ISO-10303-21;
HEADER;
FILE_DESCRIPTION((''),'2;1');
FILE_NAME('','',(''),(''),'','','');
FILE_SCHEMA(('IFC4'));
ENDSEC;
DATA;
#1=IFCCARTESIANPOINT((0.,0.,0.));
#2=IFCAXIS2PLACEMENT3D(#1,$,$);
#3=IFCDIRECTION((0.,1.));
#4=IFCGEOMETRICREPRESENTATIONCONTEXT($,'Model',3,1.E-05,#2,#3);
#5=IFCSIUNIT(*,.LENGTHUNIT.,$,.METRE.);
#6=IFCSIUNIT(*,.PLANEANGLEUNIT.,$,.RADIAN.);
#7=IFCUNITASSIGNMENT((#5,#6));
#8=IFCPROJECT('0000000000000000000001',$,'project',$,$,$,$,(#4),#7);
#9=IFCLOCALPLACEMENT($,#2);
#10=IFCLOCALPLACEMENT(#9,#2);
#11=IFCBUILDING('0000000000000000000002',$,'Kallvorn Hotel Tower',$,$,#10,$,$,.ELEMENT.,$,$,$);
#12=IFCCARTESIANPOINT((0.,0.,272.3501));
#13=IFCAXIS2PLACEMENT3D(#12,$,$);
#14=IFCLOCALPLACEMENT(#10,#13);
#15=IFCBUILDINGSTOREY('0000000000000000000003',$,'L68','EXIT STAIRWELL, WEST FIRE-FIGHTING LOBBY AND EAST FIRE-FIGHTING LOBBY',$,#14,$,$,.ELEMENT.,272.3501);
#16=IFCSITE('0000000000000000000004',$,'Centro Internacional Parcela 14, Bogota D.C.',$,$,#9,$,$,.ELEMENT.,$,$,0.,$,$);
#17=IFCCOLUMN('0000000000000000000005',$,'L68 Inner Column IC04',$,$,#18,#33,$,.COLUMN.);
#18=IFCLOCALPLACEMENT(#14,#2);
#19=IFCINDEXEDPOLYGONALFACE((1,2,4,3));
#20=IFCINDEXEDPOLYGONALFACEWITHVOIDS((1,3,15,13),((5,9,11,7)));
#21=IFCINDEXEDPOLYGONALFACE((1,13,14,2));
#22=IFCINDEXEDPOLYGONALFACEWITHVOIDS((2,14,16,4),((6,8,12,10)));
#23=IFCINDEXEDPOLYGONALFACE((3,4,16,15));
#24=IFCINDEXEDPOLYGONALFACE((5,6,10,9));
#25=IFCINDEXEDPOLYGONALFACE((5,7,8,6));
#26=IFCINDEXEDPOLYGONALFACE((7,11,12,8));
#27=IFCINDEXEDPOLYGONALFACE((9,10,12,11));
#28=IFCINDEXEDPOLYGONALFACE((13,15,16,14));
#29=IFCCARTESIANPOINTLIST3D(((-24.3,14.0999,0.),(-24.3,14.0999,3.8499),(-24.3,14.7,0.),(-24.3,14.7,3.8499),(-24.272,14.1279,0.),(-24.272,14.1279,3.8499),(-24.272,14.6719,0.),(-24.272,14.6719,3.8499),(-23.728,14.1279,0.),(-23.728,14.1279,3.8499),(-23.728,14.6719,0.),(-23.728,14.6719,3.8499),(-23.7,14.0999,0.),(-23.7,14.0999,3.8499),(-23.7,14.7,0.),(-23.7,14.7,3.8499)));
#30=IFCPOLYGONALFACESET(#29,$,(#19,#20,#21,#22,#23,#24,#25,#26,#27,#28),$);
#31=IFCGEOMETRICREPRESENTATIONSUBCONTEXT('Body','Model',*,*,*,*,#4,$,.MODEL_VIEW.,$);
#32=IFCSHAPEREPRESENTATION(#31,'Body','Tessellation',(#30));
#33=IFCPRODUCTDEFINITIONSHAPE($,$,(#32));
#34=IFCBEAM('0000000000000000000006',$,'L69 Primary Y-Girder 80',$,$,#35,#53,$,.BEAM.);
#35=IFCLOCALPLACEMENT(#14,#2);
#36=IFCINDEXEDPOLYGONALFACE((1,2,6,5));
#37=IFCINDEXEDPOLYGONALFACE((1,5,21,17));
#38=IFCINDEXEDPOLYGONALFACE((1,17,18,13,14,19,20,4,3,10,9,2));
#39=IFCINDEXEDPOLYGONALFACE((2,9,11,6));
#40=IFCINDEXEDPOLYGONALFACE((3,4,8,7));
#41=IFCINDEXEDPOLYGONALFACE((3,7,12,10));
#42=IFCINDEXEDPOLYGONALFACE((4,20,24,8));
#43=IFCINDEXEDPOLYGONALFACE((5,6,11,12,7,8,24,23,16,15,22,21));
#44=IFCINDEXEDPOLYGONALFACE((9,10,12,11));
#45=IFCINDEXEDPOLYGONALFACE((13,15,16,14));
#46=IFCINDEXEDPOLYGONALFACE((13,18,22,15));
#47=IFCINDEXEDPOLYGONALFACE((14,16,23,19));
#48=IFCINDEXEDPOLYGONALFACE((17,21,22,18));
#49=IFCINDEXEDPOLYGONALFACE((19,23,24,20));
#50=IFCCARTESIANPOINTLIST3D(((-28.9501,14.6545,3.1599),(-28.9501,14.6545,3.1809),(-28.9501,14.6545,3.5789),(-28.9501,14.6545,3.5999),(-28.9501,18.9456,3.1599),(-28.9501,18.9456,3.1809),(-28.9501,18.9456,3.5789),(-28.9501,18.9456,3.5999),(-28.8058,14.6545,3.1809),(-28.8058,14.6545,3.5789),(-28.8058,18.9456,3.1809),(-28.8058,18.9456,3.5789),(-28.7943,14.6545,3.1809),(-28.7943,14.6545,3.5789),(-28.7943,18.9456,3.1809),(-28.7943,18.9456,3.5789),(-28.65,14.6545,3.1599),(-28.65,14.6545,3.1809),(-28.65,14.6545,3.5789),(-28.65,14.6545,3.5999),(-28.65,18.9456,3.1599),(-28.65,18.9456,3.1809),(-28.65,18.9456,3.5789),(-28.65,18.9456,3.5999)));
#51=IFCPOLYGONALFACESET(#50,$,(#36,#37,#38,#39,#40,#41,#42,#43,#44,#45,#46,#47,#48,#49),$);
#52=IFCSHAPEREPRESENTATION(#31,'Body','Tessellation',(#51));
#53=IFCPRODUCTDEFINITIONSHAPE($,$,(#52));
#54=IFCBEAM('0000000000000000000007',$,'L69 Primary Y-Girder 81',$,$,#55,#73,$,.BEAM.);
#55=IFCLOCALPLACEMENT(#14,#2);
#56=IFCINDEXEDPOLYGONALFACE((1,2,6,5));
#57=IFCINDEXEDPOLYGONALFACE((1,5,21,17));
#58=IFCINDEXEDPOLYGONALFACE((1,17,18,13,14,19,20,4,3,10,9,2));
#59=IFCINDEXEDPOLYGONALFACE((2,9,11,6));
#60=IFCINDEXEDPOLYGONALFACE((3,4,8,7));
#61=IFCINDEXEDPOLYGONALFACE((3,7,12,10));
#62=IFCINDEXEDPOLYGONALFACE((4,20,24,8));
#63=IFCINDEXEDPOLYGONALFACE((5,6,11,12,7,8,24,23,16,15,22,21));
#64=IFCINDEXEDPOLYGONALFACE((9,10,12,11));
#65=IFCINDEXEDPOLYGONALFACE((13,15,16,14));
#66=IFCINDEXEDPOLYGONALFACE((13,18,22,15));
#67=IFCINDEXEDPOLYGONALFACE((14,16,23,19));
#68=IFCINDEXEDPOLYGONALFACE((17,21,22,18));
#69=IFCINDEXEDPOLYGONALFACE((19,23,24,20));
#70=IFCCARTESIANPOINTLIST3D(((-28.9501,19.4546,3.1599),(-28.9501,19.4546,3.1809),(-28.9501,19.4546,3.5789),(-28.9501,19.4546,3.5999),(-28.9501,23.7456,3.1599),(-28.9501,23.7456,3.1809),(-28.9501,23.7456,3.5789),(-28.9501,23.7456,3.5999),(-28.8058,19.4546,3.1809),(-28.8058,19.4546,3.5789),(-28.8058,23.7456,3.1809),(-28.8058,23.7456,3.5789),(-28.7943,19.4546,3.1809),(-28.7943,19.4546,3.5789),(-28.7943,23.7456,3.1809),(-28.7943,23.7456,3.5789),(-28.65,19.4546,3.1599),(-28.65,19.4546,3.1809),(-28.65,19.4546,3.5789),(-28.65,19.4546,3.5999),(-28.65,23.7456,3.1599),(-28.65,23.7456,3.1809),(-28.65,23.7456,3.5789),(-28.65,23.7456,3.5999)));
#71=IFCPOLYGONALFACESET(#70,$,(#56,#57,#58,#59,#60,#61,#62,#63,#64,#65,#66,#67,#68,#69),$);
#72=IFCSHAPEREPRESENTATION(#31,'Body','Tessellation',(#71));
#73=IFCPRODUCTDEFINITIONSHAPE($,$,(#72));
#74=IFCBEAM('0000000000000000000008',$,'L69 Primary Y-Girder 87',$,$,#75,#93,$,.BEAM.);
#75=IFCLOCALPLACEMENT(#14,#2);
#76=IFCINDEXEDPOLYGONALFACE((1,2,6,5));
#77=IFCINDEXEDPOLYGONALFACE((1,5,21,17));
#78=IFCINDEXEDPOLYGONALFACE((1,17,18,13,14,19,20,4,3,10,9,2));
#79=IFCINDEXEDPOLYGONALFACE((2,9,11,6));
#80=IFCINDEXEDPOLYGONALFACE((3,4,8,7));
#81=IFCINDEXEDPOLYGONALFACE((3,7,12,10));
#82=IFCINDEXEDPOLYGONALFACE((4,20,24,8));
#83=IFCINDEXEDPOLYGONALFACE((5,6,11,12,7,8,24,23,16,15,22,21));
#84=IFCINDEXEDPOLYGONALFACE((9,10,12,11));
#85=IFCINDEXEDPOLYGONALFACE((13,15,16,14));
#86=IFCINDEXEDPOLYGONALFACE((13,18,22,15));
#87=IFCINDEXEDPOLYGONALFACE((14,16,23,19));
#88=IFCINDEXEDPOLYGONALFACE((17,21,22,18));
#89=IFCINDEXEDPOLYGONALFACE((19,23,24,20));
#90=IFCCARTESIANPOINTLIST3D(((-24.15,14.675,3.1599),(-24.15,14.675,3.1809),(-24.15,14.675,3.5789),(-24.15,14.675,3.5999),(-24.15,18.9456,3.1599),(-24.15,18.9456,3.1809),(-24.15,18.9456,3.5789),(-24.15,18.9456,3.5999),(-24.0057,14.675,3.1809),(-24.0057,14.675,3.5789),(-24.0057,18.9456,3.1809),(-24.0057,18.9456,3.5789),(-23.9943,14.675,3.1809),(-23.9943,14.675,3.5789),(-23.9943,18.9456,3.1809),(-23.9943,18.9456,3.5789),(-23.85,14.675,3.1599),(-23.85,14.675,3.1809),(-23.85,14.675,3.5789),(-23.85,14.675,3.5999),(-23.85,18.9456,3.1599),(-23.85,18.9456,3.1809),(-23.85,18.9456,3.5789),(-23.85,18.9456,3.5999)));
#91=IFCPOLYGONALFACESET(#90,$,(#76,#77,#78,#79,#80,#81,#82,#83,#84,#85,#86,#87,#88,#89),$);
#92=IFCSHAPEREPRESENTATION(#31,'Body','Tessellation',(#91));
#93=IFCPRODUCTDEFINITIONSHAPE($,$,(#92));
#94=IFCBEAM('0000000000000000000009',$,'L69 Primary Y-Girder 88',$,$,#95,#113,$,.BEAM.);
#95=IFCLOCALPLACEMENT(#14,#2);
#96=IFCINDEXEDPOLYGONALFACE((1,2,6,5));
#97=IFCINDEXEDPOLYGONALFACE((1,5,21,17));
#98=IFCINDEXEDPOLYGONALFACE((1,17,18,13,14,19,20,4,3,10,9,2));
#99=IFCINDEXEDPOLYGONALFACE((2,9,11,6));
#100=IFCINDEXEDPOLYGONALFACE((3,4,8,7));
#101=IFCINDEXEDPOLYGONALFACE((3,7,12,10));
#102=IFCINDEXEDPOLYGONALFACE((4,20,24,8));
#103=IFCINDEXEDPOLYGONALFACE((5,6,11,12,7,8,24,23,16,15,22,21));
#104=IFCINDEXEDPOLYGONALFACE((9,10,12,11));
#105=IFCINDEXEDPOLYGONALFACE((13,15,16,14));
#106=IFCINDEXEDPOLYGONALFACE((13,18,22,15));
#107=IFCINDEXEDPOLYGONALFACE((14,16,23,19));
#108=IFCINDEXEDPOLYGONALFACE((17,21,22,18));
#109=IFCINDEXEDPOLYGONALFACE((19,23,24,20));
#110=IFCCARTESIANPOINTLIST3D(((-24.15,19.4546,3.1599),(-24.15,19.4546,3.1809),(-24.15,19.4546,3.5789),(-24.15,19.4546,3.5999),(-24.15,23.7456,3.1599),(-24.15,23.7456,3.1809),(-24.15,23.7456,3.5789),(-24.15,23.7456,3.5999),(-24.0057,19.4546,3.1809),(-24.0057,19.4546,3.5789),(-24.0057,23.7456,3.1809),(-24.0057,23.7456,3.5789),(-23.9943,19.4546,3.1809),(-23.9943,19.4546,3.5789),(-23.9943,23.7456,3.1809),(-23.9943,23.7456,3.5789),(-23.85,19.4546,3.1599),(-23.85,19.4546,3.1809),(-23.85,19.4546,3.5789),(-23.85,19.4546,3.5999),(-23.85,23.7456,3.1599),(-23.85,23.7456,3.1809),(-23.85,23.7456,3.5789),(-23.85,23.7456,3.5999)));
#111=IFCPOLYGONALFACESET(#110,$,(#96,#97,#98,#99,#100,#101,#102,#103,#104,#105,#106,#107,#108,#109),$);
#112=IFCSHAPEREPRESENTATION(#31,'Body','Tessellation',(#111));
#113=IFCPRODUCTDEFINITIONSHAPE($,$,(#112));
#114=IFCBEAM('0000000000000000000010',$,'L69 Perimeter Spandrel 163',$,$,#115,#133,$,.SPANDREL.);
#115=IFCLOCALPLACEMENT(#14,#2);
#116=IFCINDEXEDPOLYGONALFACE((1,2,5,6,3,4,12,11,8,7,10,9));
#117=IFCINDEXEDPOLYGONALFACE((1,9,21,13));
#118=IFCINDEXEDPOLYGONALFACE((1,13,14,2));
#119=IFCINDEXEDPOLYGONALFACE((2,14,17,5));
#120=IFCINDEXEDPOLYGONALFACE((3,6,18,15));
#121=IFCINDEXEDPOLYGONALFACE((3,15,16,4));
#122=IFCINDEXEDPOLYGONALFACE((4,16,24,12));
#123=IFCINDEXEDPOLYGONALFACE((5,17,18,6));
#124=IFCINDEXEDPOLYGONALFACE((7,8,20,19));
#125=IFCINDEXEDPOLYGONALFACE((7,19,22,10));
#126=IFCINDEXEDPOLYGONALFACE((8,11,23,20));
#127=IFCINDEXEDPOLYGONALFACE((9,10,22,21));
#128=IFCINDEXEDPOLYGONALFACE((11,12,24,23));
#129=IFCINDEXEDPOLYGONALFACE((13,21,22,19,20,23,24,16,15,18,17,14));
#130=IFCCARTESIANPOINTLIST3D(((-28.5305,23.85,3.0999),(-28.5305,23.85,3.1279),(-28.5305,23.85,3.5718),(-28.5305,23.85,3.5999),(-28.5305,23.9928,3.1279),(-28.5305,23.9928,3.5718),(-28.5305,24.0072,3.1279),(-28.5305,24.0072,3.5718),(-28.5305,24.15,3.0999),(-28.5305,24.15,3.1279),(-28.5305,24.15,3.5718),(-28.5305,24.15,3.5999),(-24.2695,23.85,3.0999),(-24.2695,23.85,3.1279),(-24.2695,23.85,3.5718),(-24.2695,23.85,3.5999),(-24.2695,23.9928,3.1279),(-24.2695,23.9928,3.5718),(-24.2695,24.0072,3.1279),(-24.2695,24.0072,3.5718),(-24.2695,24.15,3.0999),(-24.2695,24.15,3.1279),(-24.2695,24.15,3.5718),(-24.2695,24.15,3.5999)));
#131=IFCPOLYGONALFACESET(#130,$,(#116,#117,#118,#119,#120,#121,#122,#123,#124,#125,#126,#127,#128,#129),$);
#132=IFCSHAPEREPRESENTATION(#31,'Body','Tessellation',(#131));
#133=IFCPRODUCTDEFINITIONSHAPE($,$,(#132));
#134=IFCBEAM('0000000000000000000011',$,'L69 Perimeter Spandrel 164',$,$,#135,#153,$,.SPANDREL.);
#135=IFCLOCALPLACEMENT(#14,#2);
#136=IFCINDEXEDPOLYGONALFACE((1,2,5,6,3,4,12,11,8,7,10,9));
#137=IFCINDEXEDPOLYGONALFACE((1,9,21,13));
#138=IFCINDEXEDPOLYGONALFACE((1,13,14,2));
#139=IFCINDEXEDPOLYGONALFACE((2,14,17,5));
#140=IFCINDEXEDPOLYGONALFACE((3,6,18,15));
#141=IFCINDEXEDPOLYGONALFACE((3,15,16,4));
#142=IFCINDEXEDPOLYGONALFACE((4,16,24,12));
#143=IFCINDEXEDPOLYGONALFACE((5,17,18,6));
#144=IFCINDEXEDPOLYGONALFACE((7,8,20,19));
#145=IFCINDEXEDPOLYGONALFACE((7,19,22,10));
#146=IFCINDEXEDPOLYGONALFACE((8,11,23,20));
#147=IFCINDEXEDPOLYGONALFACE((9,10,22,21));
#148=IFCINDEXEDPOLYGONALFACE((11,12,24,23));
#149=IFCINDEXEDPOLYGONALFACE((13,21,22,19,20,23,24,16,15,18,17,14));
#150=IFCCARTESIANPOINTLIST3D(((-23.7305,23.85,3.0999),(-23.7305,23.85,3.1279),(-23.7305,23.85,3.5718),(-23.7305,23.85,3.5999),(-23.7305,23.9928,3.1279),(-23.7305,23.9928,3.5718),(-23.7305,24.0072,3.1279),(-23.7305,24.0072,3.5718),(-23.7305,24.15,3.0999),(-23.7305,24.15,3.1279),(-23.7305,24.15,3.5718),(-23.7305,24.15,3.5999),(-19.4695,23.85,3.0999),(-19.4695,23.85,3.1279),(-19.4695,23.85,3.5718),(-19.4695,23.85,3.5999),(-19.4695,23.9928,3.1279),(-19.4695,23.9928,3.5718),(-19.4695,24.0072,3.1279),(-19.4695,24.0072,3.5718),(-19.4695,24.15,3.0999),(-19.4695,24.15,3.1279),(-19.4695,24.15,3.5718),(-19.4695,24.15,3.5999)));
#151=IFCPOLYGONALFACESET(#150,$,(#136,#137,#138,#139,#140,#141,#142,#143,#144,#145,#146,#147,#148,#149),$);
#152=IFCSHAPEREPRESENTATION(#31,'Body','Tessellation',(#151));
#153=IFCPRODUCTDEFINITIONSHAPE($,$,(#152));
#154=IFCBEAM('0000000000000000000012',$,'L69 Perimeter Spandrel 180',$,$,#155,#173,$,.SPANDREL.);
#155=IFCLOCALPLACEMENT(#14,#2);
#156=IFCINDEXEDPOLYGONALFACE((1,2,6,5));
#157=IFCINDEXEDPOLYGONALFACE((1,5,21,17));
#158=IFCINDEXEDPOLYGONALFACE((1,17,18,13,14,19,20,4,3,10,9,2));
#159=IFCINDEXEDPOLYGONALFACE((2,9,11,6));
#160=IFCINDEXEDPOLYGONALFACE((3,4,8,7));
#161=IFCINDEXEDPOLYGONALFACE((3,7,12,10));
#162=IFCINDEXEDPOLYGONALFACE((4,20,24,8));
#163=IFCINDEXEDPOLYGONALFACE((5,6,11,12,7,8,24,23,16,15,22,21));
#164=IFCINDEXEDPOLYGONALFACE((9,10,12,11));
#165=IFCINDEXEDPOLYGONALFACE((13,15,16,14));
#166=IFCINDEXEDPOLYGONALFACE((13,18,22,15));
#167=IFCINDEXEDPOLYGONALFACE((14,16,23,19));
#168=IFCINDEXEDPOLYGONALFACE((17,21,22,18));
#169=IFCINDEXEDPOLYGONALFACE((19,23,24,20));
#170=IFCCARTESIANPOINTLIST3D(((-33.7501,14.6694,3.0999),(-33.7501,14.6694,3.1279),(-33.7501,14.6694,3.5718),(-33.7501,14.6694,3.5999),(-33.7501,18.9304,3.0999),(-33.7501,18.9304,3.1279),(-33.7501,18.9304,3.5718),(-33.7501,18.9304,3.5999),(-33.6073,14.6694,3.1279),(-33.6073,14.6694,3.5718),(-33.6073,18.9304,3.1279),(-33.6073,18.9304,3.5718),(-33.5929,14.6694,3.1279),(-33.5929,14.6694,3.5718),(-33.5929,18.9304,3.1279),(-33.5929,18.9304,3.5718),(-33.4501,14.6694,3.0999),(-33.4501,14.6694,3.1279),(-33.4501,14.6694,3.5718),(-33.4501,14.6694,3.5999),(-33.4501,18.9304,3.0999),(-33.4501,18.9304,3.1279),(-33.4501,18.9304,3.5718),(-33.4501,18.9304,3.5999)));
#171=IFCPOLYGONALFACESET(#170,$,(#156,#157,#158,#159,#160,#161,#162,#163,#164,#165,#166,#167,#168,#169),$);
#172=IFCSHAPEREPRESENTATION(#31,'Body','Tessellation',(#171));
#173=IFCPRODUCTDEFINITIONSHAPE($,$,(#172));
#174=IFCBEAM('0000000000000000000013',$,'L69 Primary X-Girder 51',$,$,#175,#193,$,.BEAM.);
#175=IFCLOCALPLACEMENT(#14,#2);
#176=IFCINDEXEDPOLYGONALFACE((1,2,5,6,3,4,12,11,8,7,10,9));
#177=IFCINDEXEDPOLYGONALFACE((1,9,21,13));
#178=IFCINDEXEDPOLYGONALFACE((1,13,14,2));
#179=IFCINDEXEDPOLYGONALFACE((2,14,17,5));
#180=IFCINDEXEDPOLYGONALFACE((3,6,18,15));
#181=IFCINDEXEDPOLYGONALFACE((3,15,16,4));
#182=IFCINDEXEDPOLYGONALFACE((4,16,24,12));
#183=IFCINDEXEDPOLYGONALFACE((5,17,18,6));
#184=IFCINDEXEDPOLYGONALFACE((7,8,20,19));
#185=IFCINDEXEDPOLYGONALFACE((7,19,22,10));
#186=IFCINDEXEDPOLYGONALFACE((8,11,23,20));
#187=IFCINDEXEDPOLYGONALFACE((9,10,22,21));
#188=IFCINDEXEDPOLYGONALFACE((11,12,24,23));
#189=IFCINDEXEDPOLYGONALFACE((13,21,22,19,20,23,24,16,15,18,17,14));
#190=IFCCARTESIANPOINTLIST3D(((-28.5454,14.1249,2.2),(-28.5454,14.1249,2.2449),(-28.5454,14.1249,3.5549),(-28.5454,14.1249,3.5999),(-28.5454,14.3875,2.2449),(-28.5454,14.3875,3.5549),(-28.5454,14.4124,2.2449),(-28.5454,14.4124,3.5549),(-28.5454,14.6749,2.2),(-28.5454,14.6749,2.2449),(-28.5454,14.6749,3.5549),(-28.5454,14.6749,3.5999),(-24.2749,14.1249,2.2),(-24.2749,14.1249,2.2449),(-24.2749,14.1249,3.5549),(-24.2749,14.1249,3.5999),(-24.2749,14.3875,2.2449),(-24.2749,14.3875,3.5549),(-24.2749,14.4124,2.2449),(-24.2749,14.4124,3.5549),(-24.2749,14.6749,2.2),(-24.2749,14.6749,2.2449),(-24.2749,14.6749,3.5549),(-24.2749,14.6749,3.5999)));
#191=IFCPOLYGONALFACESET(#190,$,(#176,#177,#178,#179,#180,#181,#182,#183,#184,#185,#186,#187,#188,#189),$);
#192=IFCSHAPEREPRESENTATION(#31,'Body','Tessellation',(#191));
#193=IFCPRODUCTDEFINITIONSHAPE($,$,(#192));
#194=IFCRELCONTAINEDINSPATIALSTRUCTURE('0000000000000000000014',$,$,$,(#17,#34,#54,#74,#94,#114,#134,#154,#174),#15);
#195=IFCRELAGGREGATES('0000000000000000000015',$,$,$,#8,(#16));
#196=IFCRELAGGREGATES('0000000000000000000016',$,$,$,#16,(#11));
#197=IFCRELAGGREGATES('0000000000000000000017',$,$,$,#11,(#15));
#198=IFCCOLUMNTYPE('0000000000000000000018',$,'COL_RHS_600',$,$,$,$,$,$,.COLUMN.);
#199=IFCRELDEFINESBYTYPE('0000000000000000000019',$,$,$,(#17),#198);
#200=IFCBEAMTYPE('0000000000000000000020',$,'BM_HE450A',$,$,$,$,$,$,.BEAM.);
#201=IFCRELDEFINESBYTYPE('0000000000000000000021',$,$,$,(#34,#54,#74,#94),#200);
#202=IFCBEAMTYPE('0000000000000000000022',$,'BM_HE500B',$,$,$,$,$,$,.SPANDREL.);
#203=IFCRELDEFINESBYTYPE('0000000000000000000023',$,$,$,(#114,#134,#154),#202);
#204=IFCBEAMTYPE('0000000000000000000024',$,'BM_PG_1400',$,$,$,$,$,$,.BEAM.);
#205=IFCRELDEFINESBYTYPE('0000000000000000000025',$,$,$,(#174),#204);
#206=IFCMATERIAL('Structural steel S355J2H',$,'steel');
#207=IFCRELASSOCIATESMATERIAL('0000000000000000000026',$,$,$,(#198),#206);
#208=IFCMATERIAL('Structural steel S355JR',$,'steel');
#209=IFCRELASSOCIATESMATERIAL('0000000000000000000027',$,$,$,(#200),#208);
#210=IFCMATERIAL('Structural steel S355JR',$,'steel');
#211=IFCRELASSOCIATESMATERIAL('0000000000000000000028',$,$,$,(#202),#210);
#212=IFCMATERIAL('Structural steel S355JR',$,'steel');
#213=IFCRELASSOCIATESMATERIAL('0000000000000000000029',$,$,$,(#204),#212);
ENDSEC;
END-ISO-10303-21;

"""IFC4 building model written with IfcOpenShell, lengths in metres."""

from ifc_helpers import new_model, si_unit, direction, frame, origin, origin_2d, place, context, subcontext, project, spatial, hollow_rectangle, i_section, extrude, material, material_profile, profile_set, type_object, element, save


model = new_model("IFC4")

# Units and contexts
model_context = context("Model", 3, precision=1e-05, world=origin(), true_north=direction((0.0, 1.0)))
body_context = subcontext(model_context, "Body", "Model", "MODEL_VIEW")
ifc_project = project(units=[si_unit("LENGTHUNIT", "METRE"), si_unit("PLANEANGLEUNIT", "RADIAN")], contexts=[model_context])

# Site, building, storey
site_placement = place(None, origin())
site = spatial("IfcSite", under=ifc_project, at=site_placement, Name="Centro Internacional Parcela 14, Bogota D.C.", CompositionType="ELEMENT", RefElevation=0.0)
building_placement = place(site_placement, origin())
building = spatial("IfcBuilding", under=site, at=building_placement, Name="Kallvorn Hotel Tower", CompositionType="ELEMENT")
storey_placement = place(building_placement, frame((0.0, 0.0, 272.3501)))
storey = spatial("IfcBuildingStorey", under=building, at=storey_placement, Name="L68", Description="EXIT STAIRWELL, WEST FIRE-FIGHTING LOBBY AND EAST FIRE-FIGHTING LOBBY", CompositionType="ELEMENT", Elevation=272.3501)

# Column
ifc_material_1 = material(Name="Structural steel S355J2H", Category="steel")
ifc_material_profile_1 = material_profile(ifc_material_1, hollow_rectangle(XDim=0.6001, YDim=0.6001, WallThickness=0.0281, at=origin_2d()), Name="RHS 600x600x28")
ifc_profile_set_1 = profile_set([ifc_material_profile_1], Name="Structural steel S355J2H")
column_type_1 = type_object("IfcColumnType", Name="COL_RHS_600", PredefinedType="COLUMN", material=ifc_profile_set_1)
column_placement = place(storey_placement, frame((-24.0, 14.3999, 0.0), z_axis=(0.0, 0.0, 1.0), x_axis=(1.0, 0.0, 0.0)))
element("IfcColumn", 1, at=column_placement, inside=storey, type_object=column_type_1, Name="L68 Inner Column IC04", PredefinedType="COLUMN", context=body_context, shape_type="SweptSolid", body=[
    extrude(hollow_rectangle(XDim=0.6001, YDim=0.6001, WallThickness=0.0281, at=origin_2d()), origin(), (0.0, 0.0, 1.0), 3.8499),
])

# Beams
ifc_material_2 = material(Name="Structural steel S355JR", Category="steel")
ifc_material_profile_2 = material_profile(ifc_material_2, i_section(OverallWidth=0.3, OverallDepth=0.4399, WebThickness=0.0115, FlangeThickness=0.021, at=origin_2d()), Name="HE 450 A")
ifc_profile_set_2 = profile_set([ifc_material_profile_2], Name="Structural steel S355JR")
beam_type_1 = type_object("IfcBeamType", Name="BM_HE450A", PredefinedType="BEAM", material=ifc_profile_set_2)
for number, where, z_axis, x_axis, name in (
    (2, (-28.8, 14.6545, 3.3799), (0.0, 1.0, 0.0), (-1.0, 0.0, 0.0), "L69 Primary Y-Girder 80"),
    (3, (-28.8, 19.4546, 3.3799), (0.0, 1.0, 0.0), (-1.0, 0.0, 0.0), "L69 Primary Y-Girder 81"),
):
    element("IfcBeam", number, at=place(storey_placement, frame(where, z_axis=z_axis, x_axis=x_axis)), inside=storey, type_object=beam_type_1, Name=name, PredefinedType="BEAM", context=body_context, shape_type="SweptSolid", body=[
        extrude(i_section(OverallWidth=0.3, OverallDepth=0.4399, WebThickness=0.0115, FlangeThickness=0.021, at=origin_2d()), origin(), (0.0, 0.0, 1.0), 4.291),
    ])
beam_1_placement = place(storey_placement, frame((-24.0, 14.675, 3.3799), z_axis=(0.0, 1.0, 0.0), x_axis=(-1.0, 0.0, 0.0)))
element("IfcBeam", 4, at=beam_1_placement, inside=storey, type_object=beam_type_1, Name="L69 Primary Y-Girder 87", PredefinedType="BEAM", context=body_context, shape_type="SweptSolid", body=[
    extrude(i_section(OverallWidth=0.3, OverallDepth=0.4399, WebThickness=0.0115, FlangeThickness=0.021, at=origin_2d()), origin(), (0.0, 0.0, 1.0), 4.2705),
])
beam_2_placement = place(storey_placement, frame((-24.0, 19.4546, 3.3799), z_axis=(0.0, 1.0, 0.0), x_axis=(-1.0, 0.0, 0.0)))
element("IfcBeam", 5, at=beam_2_placement, inside=storey, type_object=beam_type_1, Name="L69 Primary Y-Girder 88", PredefinedType="BEAM", context=body_context, shape_type="SweptSolid", body=[
    extrude(i_section(OverallWidth=0.3, OverallDepth=0.4399, WebThickness=0.0115, FlangeThickness=0.021, at=origin_2d()), origin(), (0.0, 0.0, 1.0), 4.291),
])
ifc_material_3 = material(Name="Structural steel S355JR", Category="steel")
ifc_material_profile_3 = material_profile(ifc_material_3, i_section(OverallWidth=0.3, OverallDepth=0.5, WebThickness=0.0144, FlangeThickness=0.0281, at=origin_2d()), Name="HE 500 B")
ifc_profile_set_3 = profile_set([ifc_material_profile_3], Name="Structural steel S355JR")
beam_type_2 = type_object("IfcBeamType", Name="BM_HE500B", PredefinedType="SPANDREL", material=ifc_profile_set_3)
for number, where, z_axis, x_axis, name in (
    (6, (-28.5305, 24.0, 3.3499), (1.0, 0.0, 0.0), (0.0, 1.0, 0.0), "L69 Perimeter Spandrel 163"),
    (7, (-23.7305, 24.0, 3.3499), (1.0, 0.0, 0.0), (0.0, 1.0, 0.0), "L69 Perimeter Spandrel 164"),
    (8, (-33.6001, 14.6694, 3.3499), (0.0, 1.0, 0.0), (-1.0, 0.0, 0.0), "L69 Perimeter Spandrel 180"),
):
    element("IfcBeam", number, at=place(storey_placement, frame(where, z_axis=z_axis, x_axis=x_axis)), inside=storey, type_object=beam_type_2, Name=name, PredefinedType="SPANDREL", context=body_context, shape_type="SweptSolid", body=[
        extrude(i_section(OverallWidth=0.3, OverallDepth=0.5, WebThickness=0.0144, FlangeThickness=0.0281, at=origin_2d()), origin(), (0.0, 0.0, 1.0), 4.261),
    ])
ifc_material_4 = material(Name="Structural steel S355JR", Category="steel")
ifc_material_profile_4 = material_profile(ifc_material_4, i_section(OverallWidth=0.55, OverallDepth=1.3999, WebThickness=0.0249, FlangeThickness=0.0449, at=origin_2d()), Name="PG 1400x550x25x45")
ifc_profile_set_4 = profile_set([ifc_material_profile_4], Name="Structural steel S355JR")
beam_type_3 = type_object("IfcBeamType", Name="BM_PG_1400", PredefinedType="BEAM", material=ifc_profile_set_4)
for number, where, z_axis, x_axis, name in (
    (9, (-28.5454, 14.3999, 2.8999), (1.0, 0.0, 0.0), (0.0, 1.0, 0.0), "L69 Primary X-Girder 51"),
):
    element("IfcBeam", number, at=place(storey_placement, frame(where, z_axis=z_axis, x_axis=x_axis)), inside=storey, type_object=beam_type_3, Name=name, PredefinedType="BEAM", context=body_context, shape_type="SweptSolid", body=[
        extrude(i_section(OverallWidth=0.55, OverallDepth=1.3999, WebThickness=0.0249, FlangeThickness=0.0449, at=origin_2d()), origin(), (0.0, 0.0, 1.0), 4.2705),
    ])

save(model, "model.ifc")
